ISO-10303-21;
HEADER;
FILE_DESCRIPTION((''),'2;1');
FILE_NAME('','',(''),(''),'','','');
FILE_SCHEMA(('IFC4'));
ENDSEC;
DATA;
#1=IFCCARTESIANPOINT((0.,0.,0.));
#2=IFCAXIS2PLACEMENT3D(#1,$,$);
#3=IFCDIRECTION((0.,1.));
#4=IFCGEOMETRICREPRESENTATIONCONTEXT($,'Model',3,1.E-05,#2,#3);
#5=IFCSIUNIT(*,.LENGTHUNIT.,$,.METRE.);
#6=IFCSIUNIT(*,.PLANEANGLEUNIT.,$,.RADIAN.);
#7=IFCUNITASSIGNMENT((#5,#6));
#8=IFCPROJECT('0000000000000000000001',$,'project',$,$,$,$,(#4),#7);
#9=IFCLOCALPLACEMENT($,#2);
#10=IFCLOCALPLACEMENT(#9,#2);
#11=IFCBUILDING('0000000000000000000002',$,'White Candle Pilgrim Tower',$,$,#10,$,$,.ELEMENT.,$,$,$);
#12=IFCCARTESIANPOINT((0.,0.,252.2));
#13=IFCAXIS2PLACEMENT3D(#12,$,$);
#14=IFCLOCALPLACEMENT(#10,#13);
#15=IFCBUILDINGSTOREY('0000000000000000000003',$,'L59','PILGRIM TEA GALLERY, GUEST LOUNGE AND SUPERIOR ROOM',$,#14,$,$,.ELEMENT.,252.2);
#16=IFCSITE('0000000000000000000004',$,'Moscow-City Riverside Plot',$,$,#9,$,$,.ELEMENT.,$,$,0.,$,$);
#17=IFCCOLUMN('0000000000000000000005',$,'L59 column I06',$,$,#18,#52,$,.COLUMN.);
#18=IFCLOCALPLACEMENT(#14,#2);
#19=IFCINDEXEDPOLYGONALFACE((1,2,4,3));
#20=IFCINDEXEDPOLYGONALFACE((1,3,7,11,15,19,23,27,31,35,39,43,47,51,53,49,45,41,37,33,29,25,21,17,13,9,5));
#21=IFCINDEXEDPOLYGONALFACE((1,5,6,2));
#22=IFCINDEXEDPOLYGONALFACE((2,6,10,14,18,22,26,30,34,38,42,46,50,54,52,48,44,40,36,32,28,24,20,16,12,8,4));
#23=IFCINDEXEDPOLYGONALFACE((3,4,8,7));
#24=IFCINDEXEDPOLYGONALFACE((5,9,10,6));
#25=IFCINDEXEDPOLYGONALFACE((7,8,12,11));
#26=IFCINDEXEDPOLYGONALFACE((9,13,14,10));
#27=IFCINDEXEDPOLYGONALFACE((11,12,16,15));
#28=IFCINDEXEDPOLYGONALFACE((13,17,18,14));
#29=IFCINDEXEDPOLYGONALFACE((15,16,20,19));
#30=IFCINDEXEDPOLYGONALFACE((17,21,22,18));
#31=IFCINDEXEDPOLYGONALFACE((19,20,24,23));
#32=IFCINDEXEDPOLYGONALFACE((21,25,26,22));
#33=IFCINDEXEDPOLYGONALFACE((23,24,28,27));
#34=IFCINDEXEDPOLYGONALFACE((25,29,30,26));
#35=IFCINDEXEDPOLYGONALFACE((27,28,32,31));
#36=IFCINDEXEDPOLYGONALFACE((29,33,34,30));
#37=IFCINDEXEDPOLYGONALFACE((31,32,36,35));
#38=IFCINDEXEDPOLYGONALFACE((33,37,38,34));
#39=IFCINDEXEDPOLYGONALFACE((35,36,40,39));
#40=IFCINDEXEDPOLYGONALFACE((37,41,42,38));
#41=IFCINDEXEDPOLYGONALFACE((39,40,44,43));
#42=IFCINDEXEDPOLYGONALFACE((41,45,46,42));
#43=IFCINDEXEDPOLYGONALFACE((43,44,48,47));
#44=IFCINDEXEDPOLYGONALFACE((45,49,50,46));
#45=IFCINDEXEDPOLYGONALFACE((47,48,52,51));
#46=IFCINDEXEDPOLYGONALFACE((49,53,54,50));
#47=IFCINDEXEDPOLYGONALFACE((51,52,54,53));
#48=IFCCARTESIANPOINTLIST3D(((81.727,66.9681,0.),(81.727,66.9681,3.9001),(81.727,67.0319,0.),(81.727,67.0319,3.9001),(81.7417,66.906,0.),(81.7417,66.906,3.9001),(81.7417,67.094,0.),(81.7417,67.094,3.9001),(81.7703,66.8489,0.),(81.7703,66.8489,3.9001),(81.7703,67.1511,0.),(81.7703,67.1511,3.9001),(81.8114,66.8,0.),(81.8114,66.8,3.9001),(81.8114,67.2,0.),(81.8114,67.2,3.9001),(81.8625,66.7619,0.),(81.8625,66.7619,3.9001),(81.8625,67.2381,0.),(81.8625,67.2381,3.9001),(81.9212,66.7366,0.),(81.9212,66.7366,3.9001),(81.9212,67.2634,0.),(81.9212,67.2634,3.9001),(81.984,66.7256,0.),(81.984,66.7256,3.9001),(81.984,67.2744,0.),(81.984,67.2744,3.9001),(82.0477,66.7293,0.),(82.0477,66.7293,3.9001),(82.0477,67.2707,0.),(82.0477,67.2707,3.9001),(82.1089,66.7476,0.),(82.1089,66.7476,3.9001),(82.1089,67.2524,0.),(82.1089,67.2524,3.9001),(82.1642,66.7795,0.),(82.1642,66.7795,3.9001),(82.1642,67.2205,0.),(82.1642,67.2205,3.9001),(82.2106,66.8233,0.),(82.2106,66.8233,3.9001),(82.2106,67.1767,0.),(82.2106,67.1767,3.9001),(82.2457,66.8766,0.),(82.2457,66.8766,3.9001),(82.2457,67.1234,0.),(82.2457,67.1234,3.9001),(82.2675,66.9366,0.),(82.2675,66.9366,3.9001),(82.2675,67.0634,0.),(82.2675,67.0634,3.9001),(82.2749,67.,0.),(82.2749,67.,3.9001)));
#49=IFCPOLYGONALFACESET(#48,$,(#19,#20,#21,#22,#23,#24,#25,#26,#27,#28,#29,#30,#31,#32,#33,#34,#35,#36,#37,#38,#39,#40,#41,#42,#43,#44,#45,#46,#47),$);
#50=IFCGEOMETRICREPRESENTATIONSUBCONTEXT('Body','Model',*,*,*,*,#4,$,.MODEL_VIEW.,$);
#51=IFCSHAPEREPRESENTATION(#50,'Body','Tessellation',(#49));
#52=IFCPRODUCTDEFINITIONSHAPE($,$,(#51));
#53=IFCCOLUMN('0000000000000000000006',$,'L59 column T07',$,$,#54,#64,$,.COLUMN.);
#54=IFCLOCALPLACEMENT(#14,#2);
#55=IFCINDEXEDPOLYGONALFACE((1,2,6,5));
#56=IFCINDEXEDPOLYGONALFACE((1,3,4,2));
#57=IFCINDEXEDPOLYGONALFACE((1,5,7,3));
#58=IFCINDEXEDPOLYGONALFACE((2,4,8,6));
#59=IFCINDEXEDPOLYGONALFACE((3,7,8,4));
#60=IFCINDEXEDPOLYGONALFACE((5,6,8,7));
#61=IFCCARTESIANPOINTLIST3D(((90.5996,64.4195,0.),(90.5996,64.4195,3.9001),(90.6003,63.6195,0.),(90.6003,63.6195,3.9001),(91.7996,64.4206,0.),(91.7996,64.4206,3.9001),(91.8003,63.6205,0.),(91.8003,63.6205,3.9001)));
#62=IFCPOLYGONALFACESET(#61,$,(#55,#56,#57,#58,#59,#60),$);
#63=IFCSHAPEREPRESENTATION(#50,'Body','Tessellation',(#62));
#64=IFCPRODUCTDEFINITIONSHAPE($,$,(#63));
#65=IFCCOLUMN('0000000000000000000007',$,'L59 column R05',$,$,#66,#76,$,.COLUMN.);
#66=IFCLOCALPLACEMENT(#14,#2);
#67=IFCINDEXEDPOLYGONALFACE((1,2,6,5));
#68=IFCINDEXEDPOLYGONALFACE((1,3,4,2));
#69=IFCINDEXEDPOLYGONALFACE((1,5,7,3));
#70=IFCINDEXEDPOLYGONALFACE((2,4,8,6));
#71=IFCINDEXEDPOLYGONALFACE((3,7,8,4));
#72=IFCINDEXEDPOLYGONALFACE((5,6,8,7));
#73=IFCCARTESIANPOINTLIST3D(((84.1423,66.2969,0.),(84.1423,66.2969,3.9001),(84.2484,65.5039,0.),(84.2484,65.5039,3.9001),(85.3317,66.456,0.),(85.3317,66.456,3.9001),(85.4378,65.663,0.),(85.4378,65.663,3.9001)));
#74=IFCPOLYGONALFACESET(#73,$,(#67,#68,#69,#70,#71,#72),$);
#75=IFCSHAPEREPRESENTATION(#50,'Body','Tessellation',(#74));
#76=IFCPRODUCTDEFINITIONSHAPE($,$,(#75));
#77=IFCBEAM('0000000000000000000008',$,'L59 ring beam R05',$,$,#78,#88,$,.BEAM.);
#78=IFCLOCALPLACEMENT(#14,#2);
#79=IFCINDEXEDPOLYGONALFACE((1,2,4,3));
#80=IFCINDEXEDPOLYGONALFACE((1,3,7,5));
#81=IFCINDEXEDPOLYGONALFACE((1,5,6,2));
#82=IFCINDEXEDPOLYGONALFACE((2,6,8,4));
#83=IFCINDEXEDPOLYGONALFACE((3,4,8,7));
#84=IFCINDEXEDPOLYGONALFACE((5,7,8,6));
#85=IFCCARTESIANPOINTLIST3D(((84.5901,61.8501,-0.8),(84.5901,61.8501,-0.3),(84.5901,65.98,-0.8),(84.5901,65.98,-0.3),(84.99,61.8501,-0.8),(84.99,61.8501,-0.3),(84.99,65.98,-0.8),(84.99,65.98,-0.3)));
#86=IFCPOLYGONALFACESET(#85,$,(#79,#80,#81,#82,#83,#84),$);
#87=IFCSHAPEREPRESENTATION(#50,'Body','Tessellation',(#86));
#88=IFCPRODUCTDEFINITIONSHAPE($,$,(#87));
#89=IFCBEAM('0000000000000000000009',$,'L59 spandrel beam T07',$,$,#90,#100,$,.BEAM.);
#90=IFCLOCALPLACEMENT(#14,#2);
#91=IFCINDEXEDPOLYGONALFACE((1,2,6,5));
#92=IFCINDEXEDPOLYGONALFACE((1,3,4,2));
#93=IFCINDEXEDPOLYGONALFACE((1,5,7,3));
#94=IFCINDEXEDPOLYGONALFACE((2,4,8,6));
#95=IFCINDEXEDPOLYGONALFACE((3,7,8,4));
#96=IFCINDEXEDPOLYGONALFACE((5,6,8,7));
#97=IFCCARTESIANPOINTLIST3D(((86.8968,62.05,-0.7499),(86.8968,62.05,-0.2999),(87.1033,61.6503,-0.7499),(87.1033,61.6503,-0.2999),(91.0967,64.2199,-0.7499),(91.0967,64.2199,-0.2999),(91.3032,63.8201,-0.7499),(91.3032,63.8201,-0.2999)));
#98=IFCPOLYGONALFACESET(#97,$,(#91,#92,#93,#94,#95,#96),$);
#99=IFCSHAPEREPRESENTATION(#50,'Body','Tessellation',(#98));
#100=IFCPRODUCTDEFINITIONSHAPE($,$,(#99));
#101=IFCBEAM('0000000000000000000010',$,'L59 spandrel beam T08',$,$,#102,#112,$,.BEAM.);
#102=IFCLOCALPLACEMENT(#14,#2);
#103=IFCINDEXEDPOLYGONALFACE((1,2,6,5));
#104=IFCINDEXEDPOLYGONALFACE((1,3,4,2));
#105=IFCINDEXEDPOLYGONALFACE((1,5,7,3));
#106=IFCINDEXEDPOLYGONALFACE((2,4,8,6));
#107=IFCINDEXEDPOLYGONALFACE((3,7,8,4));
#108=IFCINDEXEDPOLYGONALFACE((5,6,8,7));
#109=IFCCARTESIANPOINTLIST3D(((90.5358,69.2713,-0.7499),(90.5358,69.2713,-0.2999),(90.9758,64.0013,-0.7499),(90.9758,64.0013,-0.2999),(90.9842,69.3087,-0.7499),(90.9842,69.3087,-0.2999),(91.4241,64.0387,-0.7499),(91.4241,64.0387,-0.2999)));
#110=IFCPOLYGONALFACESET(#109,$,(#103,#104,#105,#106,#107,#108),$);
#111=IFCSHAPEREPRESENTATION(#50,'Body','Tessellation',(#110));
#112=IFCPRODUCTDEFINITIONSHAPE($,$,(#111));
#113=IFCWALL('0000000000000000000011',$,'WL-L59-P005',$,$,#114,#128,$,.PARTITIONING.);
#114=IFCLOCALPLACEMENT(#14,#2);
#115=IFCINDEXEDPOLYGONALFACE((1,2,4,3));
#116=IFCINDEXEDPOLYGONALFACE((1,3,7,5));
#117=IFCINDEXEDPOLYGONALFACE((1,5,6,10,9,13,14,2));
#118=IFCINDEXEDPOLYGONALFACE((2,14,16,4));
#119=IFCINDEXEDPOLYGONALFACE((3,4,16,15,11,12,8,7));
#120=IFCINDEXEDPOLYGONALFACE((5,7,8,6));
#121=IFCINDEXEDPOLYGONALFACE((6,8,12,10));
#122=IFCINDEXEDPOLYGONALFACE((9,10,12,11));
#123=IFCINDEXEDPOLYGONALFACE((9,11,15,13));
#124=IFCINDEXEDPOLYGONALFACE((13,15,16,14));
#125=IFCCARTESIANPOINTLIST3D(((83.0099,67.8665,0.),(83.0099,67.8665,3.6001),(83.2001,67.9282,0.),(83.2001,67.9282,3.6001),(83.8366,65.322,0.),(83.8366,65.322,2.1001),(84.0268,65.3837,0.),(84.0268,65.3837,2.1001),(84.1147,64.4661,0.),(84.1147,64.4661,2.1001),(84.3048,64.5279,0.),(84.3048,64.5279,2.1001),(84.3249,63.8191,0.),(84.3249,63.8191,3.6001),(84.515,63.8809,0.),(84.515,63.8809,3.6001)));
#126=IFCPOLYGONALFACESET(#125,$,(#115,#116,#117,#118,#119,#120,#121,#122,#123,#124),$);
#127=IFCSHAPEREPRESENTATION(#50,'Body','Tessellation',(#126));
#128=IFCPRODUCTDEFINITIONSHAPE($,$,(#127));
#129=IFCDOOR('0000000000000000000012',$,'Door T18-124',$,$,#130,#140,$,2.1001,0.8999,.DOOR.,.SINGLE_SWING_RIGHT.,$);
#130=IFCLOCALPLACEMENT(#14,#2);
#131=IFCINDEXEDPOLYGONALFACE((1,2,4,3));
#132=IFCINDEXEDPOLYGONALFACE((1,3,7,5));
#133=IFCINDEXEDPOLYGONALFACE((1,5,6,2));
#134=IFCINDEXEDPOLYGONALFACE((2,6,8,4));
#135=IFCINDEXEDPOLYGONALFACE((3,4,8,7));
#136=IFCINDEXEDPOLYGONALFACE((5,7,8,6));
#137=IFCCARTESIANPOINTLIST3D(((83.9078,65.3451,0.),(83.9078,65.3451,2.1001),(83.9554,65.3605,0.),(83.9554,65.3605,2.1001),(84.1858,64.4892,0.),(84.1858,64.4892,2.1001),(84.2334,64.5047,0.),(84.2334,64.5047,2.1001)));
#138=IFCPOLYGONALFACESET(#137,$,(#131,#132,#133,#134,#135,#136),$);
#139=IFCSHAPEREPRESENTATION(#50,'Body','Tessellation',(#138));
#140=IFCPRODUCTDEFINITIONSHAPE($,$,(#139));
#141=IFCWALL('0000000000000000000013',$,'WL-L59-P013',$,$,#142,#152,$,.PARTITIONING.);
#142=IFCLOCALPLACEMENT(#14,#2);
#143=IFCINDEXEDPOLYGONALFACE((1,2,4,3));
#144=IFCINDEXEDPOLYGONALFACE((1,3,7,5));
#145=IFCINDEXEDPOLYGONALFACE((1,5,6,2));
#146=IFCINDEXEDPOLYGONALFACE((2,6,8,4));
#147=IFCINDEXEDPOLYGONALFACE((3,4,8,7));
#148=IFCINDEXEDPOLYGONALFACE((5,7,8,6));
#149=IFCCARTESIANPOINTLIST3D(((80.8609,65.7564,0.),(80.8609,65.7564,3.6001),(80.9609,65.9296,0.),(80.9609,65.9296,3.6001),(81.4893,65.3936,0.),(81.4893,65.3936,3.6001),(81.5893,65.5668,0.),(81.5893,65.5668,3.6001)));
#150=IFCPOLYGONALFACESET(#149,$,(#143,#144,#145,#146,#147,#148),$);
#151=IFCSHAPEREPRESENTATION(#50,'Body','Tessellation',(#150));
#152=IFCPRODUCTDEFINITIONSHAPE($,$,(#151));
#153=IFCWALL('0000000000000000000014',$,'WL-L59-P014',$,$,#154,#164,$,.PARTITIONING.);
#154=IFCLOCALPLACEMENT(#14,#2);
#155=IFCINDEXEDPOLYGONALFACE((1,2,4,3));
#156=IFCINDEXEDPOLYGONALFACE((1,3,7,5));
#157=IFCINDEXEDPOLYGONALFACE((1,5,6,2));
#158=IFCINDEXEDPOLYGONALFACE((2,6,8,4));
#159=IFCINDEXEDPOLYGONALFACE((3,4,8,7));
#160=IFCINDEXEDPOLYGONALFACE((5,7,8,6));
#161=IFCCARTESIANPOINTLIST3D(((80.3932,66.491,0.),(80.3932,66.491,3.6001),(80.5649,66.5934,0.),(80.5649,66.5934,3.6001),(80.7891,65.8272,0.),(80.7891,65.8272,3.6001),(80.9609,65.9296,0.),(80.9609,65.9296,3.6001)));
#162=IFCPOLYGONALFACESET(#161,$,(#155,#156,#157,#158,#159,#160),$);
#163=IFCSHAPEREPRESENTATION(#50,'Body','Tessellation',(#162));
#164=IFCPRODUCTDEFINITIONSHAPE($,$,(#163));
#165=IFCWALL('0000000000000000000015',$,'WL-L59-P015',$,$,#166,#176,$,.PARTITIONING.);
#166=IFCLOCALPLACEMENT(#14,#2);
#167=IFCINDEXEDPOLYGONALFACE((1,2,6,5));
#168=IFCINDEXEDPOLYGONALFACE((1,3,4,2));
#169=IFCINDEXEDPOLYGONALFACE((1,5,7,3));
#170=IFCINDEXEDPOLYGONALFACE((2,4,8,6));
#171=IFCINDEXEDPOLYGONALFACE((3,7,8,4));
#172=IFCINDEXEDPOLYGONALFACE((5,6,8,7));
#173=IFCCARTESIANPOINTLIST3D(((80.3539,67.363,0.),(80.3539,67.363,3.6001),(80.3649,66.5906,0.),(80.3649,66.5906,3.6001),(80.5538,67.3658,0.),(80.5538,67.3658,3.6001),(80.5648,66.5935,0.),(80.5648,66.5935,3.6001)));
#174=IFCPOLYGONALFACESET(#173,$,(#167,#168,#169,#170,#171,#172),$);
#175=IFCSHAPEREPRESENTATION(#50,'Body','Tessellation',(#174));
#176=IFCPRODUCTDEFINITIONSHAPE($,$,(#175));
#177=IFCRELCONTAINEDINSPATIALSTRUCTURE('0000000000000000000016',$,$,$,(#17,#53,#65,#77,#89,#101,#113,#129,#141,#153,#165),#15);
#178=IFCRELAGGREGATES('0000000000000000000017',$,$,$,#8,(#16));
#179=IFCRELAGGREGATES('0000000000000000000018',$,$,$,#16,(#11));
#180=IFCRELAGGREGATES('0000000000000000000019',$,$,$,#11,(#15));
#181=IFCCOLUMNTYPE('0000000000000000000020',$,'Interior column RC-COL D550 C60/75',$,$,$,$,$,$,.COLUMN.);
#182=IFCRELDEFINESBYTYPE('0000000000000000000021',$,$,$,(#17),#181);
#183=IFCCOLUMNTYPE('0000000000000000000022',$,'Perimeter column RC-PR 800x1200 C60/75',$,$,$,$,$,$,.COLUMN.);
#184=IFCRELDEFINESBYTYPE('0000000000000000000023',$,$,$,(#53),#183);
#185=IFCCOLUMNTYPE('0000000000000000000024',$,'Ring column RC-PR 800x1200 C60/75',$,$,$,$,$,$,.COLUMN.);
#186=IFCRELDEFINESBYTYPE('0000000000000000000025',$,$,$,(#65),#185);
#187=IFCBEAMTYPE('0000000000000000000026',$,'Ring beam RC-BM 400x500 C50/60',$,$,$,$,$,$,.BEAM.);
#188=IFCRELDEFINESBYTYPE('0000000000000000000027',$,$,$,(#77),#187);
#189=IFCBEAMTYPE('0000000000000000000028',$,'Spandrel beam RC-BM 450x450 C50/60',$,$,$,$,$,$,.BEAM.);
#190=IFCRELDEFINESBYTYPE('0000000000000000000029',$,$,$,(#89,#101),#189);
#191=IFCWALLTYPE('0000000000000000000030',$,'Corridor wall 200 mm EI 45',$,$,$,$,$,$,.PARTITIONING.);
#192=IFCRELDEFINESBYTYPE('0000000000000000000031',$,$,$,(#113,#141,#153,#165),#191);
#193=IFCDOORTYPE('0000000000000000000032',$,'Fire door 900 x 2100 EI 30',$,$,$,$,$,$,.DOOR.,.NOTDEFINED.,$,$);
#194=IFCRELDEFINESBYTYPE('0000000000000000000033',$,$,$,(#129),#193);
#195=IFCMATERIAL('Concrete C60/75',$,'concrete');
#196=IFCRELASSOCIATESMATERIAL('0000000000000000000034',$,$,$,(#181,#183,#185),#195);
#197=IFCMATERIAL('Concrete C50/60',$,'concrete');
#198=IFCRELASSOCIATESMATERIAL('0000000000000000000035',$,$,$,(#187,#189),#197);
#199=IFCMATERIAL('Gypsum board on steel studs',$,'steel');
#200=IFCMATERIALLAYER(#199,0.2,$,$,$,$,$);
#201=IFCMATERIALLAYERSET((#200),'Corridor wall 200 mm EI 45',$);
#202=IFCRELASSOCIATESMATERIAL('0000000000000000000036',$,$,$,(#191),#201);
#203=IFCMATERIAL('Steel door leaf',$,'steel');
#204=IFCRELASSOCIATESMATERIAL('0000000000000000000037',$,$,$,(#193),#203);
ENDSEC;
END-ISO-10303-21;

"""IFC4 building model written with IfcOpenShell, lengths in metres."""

from ifc_helpers import new_model, si_unit, direction, frame, frame_2d, origin, origin_2d, place, context, subcontext, project, spatial, rectangle, circle, extrude, material, layer, layer_set, material_profile, profile_set, type_object, element, fill, save


model = new_model("IFC4")

# Units and contexts
model_context = context("Model", 3, precision=1e-05, world=origin(), true_north=direction((0.0, 1.0)))
body_context = subcontext(model_context, "Body", "Model", "MODEL_VIEW")
ifc_project = project(units=[si_unit("LENGTHUNIT", "METRE"), si_unit("PLANEANGLEUNIT", "RADIAN")], contexts=[model_context])

# Site, building, storey
site_placement = place(None, origin())
site = spatial("IfcSite", under=ifc_project, at=site_placement, Name="Moscow-City Riverside Plot", CompositionType="ELEMENT", RefElevation=0.0)
building_placement = place(site_placement, origin())
building = spatial("IfcBuilding", under=site, at=building_placement, Name="White Candle Pilgrim Tower", CompositionType="ELEMENT")
storey_placement = place(building_placement, frame((0.0, 0.0, 252.2)))
storey = spatial("IfcBuildingStorey", under=building, at=storey_placement, Name="L59", Description="PILGRIM TEA GALLERY, GUEST LOUNGE AND SUPERIOR ROOM", CompositionType="ELEMENT", Elevation=252.2)

# Columns
ifc_material_1 = material(Name="Concrete C60/75", Category="concrete")
ifc_material_profile_1 = material_profile(ifc_material_1, circle(Radius=0.2749, at=origin_2d()), Name="RC-COL D550")
ifc_profile_set_1 = profile_set([ifc_material_profile_1], Name="Concrete C60/75")
column_type_1 = type_object("IfcColumnType", Name="Interior column RC-COL D550 C60/75", PredefinedType="COLUMN", material=ifc_profile_set_1)
column_1_placement = place(storey_placement, frame((82.0, 67.0, 0.0), z_axis=(0.0, 0.0, 1.0), x_axis=(1.0, 0.0, 0.0)))
element("IfcColumn", 1, at=column_1_placement, inside=storey, type_object=column_type_1, Name="L59 column I06", PredefinedType="COLUMN", context=body_context, shape_type="SweptSolid", body=[
    extrude(circle(Radius=0.2749, at=origin_2d()), origin(), (0.0, 0.0, 1.0), 3.9001),
])
ifc_material_profile_2 = material_profile(ifc_material_1, rectangle(XDim=0.8, YDim=1.2, at=origin_2d()), Name="RC-PR 800x1200")
ifc_profile_set_2 = profile_set([ifc_material_profile_2], Name="Concrete C60/75")
column_type_2 = type_object("IfcColumnType", Name="Perimeter column RC-PR 800x1200 C60/75", PredefinedType="COLUMN", material=ifc_profile_set_2)
column_2_placement = place(storey_placement, frame((91.2, 64.02, 0.0), z_axis=(0.0, 0.0, 1.0), x_axis=(0.000855, -1.0, 0.0)))
element("IfcColumn", 2, at=column_2_placement, inside=storey, type_object=column_type_2, Name="L59 column T07", PredefinedType="COLUMN", context=body_context, shape_type="SweptSolid", body=[
    extrude(rectangle(XDim=0.8, YDim=1.2, at=origin_2d()), origin(), (0.0, 0.0, 1.0), 3.9001),
])
ifc_material_profile_3 = material_profile(ifc_material_1, rectangle(XDim=0.8, YDim=1.2, at=origin_2d()), Name="RC-PR 800x1200")
ifc_profile_set_3 = profile_set([ifc_material_profile_3], Name="Concrete C60/75")
column_type_3 = type_object("IfcColumnType", Name="Ring column RC-PR 800x1200 C60/75", PredefinedType="COLUMN", material=ifc_profile_set_3)
column_3_placement = place(storey_placement, frame((84.79, 65.98, 0.0), z_axis=(0.0, 0.0, 1.0), x_axis=(0.132602, -0.991169, 0.0)))
element("IfcColumn", 3, at=column_3_placement, inside=storey, type_object=column_type_3, Name="L59 column R05", PredefinedType="COLUMN", context=body_context, shape_type="SweptSolid", body=[
    extrude(rectangle(XDim=0.8, YDim=1.2, at=origin_2d()), origin(), (0.0, 0.0, 1.0), 3.9001),
])

# Beams
ifc_material_2 = material(Name="Concrete C50/60", Category="concrete")
ifc_material_profile_4 = material_profile(ifc_material_2, rectangle(XDim=0.3999, YDim=0.5, at=origin_2d()), Name="RC-BM 400x500")
ifc_profile_set_4 = profile_set([ifc_material_profile_4], Name="Concrete C50/60")
beam_type_1 = type_object("IfcBeamType", Name="Ring beam RC-BM 400x500 C50/60", PredefinedType="BEAM", material=ifc_profile_set_4)
beam_1_placement = place(storey_placement, frame((84.79, 65.98, -0.55), z_axis=(0.0, -1.0, 0.0), x_axis=(1.0, 0.0, 0.0)))
element("IfcBeam", 4, at=beam_1_placement, inside=storey, type_object=beam_type_1, Name="L59 ring beam R05", PredefinedType="BEAM", context=body_context, shape_type="SweptSolid", body=[
    extrude(rectangle(XDim=0.3999, YDim=0.5, at=origin_2d()), origin(), (0.0, 0.0, 1.0), 4.1299),
])
ifc_material_profile_5 = material_profile(ifc_material_2, rectangle(XDim=0.45, YDim=0.45, at=origin_2d()), Name="RC-BM 450x450")
ifc_profile_set_5 = profile_set([ifc_material_profile_5], Name="Concrete C50/60")
beam_type_2 = type_object("IfcBeamType", Name="Spandrel beam RC-BM 450x450 C50/60", PredefinedType="BEAM", material=ifc_profile_set_5)
beam_2_placement = place(storey_placement, frame((91.2, 64.02, -0.5249), z_axis=(-0.88843, -0.459011, 0.0), x_axis=(0.459011, -0.88843, 0.0)))
element("IfcBeam", 5, at=beam_2_placement, inside=storey, type_object=beam_type_2, Name="L59 spandrel beam T07", PredefinedType="BEAM", context=body_context, shape_type="SweptSolid", body=[
    extrude(rectangle(XDim=0.45, YDim=0.45, at=origin_2d()), origin(), (0.0, 0.0, 1.0), 4.7273),
])
beam_3_placement = place(storey_placement, frame((91.2, 64.02, -0.5249), z_axis=(-0.083191, 0.996534, 0.0), x_axis=(-0.996534, -0.083191, 0.0)))
element("IfcBeam", 6, at=beam_3_placement, inside=storey, type_object=beam_type_2, Name="L59 spandrel beam T08", PredefinedType="BEAM", context=body_context, shape_type="SweptSolid", body=[
    extrude(rectangle(XDim=0.45, YDim=0.45, at=origin_2d()), origin(), (0.0, 0.0, 1.0), 5.2883),
])

# Wall, opening, door
ifc_material_3 = material(Name="Gypsum board on steel studs", Category="steel")
ifc_layer_1 = layer(ifc_material_3, 0.2)
ifc_layer_set_1 = layer_set([ifc_layer_1], Name="Corridor wall 200 mm EI 45")
wall_type_1 = type_object("IfcWallType", Name="Corridor wall 200 mm EI 45", PredefinedType="PARTITIONING", material=ifc_layer_set_1)
wall_1_placement = place(storey_placement, frame((83.105, 67.8975, 0.0), z_axis=(0.0, 0.0, 1.0), x_axis=(0.30899, -0.951065, 0.0)))
wall_1 = element("IfcWall", 7, at=wall_1_placement, inside=storey, type_object=wall_type_1, Name="WL-L59-P005", PredefinedType="PARTITIONING", context=body_context, shape_type="SweptSolid", body=[
    extrude(rectangle(XDim=4.2556, YDim=0.2, at=frame_2d((2.1279, 0.0))), origin(), (0.0, 0.0, 1.0), 3.6001),
])
opening_1_placement = place(wall_1_placement, frame((2.6755, 0.0, 0.0)))
opening_1 = element("IfcOpeningElement", 8, at=opening_1_placement, cuts=wall_1, PredefinedType="OPENING", context=body_context, shape_type="SweptSolid", body=[
    extrude(rectangle(XDim=0.8999, YDim=2.1001, at=frame_2d((0.45, 1.05))), frame((0.0, 0.1099, 0.0), z_axis=(0.0, -1.0, 0.0), x_axis=(1.0, 0.0, 0.0)), (0.0, 0.0, 1.0), 0.22),
])
ifc_material_4 = material(Name="Steel door leaf", Category="steel")
door_type = type_object("IfcDoorType", Name="Fire door 900 x 2100 EI 30", OperationType="NOTDEFINED", PredefinedType="DOOR", material=ifc_material_4)
door_placement = place(opening_1_placement, origin())
door = element("IfcDoor", 9, at=door_placement, inside=storey, type_object=door_type, Name="Door T18-124", OperationType="SINGLE_SWING_RIGHT", OverallHeight=2.1001, OverallWidth=0.8999, PredefinedType="DOOR", context=body_context, shape_type="SweptSolid", body=[
    extrude(rectangle(XDim=0.8999, YDim=2.1001, at=frame_2d((0.45, 1.05))), frame((0.0, 0.0249, 0.0), z_axis=(0.0, -1.0, 0.0), x_axis=(1.0, 0.0, 0.0)), (0.0, 0.0, 1.0), 0.05),
])
fill(opening_1, door)

# Walls
wall_2_placement = place(storey_placement, frame((81.5393, 65.4802, 0.0), z_axis=(0.0, 0.0, 1.0), x_axis=(-0.86604, 0.499975, 0.0)))
element("IfcWall", 10, at=wall_2_placement, inside=storey, type_object=wall_type_1, Name="WL-L59-P013", PredefinedType="PARTITIONING", context=body_context, shape_type="SweptSolid", body=[
    extrude(rectangle(XDim=0.7256, YDim=0.2, at=frame_2d((0.3628, 0.0))), origin(), (0.0, 0.0, 1.0), 3.6001),
])
wall_3_placement = place(storey_placement, frame((80.875, 65.8784, 0.0), z_axis=(0.0, 0.0, 1.0), x_axis=(-0.512311, 0.8588, 0.0)))
element("IfcWall", 11, at=wall_3_placement, inside=storey, type_object=wall_type_1, Name="WL-L59-P014", PredefinedType="PARTITIONING", context=body_context, shape_type="SweptSolid", body=[
    extrude(rectangle(XDim=0.7729, YDim=0.2, at=frame_2d((0.3865, 0.0))), origin(), (0.0, 0.0, 1.0), 3.6001),
])
wall_4_placement = place(storey_placement, frame((80.4648, 66.592, 0.0), z_axis=(0.0, 0.0, 1.0), x_axis=(-0.014221, 0.999899, 0.0)))
element("IfcWall", 12, at=wall_4_placement, inside=storey, type_object=wall_type_1, Name="WL-L59-P015", PredefinedType="PARTITIONING", context=body_context, shape_type="SweptSolid", body=[
    extrude(rectangle(XDim=0.7725, YDim=0.2, at=frame_2d((0.3862, 0.0))), origin(), (0.0, 0.0, 1.0), 3.6001),
])

save(model, "model.ifc")
